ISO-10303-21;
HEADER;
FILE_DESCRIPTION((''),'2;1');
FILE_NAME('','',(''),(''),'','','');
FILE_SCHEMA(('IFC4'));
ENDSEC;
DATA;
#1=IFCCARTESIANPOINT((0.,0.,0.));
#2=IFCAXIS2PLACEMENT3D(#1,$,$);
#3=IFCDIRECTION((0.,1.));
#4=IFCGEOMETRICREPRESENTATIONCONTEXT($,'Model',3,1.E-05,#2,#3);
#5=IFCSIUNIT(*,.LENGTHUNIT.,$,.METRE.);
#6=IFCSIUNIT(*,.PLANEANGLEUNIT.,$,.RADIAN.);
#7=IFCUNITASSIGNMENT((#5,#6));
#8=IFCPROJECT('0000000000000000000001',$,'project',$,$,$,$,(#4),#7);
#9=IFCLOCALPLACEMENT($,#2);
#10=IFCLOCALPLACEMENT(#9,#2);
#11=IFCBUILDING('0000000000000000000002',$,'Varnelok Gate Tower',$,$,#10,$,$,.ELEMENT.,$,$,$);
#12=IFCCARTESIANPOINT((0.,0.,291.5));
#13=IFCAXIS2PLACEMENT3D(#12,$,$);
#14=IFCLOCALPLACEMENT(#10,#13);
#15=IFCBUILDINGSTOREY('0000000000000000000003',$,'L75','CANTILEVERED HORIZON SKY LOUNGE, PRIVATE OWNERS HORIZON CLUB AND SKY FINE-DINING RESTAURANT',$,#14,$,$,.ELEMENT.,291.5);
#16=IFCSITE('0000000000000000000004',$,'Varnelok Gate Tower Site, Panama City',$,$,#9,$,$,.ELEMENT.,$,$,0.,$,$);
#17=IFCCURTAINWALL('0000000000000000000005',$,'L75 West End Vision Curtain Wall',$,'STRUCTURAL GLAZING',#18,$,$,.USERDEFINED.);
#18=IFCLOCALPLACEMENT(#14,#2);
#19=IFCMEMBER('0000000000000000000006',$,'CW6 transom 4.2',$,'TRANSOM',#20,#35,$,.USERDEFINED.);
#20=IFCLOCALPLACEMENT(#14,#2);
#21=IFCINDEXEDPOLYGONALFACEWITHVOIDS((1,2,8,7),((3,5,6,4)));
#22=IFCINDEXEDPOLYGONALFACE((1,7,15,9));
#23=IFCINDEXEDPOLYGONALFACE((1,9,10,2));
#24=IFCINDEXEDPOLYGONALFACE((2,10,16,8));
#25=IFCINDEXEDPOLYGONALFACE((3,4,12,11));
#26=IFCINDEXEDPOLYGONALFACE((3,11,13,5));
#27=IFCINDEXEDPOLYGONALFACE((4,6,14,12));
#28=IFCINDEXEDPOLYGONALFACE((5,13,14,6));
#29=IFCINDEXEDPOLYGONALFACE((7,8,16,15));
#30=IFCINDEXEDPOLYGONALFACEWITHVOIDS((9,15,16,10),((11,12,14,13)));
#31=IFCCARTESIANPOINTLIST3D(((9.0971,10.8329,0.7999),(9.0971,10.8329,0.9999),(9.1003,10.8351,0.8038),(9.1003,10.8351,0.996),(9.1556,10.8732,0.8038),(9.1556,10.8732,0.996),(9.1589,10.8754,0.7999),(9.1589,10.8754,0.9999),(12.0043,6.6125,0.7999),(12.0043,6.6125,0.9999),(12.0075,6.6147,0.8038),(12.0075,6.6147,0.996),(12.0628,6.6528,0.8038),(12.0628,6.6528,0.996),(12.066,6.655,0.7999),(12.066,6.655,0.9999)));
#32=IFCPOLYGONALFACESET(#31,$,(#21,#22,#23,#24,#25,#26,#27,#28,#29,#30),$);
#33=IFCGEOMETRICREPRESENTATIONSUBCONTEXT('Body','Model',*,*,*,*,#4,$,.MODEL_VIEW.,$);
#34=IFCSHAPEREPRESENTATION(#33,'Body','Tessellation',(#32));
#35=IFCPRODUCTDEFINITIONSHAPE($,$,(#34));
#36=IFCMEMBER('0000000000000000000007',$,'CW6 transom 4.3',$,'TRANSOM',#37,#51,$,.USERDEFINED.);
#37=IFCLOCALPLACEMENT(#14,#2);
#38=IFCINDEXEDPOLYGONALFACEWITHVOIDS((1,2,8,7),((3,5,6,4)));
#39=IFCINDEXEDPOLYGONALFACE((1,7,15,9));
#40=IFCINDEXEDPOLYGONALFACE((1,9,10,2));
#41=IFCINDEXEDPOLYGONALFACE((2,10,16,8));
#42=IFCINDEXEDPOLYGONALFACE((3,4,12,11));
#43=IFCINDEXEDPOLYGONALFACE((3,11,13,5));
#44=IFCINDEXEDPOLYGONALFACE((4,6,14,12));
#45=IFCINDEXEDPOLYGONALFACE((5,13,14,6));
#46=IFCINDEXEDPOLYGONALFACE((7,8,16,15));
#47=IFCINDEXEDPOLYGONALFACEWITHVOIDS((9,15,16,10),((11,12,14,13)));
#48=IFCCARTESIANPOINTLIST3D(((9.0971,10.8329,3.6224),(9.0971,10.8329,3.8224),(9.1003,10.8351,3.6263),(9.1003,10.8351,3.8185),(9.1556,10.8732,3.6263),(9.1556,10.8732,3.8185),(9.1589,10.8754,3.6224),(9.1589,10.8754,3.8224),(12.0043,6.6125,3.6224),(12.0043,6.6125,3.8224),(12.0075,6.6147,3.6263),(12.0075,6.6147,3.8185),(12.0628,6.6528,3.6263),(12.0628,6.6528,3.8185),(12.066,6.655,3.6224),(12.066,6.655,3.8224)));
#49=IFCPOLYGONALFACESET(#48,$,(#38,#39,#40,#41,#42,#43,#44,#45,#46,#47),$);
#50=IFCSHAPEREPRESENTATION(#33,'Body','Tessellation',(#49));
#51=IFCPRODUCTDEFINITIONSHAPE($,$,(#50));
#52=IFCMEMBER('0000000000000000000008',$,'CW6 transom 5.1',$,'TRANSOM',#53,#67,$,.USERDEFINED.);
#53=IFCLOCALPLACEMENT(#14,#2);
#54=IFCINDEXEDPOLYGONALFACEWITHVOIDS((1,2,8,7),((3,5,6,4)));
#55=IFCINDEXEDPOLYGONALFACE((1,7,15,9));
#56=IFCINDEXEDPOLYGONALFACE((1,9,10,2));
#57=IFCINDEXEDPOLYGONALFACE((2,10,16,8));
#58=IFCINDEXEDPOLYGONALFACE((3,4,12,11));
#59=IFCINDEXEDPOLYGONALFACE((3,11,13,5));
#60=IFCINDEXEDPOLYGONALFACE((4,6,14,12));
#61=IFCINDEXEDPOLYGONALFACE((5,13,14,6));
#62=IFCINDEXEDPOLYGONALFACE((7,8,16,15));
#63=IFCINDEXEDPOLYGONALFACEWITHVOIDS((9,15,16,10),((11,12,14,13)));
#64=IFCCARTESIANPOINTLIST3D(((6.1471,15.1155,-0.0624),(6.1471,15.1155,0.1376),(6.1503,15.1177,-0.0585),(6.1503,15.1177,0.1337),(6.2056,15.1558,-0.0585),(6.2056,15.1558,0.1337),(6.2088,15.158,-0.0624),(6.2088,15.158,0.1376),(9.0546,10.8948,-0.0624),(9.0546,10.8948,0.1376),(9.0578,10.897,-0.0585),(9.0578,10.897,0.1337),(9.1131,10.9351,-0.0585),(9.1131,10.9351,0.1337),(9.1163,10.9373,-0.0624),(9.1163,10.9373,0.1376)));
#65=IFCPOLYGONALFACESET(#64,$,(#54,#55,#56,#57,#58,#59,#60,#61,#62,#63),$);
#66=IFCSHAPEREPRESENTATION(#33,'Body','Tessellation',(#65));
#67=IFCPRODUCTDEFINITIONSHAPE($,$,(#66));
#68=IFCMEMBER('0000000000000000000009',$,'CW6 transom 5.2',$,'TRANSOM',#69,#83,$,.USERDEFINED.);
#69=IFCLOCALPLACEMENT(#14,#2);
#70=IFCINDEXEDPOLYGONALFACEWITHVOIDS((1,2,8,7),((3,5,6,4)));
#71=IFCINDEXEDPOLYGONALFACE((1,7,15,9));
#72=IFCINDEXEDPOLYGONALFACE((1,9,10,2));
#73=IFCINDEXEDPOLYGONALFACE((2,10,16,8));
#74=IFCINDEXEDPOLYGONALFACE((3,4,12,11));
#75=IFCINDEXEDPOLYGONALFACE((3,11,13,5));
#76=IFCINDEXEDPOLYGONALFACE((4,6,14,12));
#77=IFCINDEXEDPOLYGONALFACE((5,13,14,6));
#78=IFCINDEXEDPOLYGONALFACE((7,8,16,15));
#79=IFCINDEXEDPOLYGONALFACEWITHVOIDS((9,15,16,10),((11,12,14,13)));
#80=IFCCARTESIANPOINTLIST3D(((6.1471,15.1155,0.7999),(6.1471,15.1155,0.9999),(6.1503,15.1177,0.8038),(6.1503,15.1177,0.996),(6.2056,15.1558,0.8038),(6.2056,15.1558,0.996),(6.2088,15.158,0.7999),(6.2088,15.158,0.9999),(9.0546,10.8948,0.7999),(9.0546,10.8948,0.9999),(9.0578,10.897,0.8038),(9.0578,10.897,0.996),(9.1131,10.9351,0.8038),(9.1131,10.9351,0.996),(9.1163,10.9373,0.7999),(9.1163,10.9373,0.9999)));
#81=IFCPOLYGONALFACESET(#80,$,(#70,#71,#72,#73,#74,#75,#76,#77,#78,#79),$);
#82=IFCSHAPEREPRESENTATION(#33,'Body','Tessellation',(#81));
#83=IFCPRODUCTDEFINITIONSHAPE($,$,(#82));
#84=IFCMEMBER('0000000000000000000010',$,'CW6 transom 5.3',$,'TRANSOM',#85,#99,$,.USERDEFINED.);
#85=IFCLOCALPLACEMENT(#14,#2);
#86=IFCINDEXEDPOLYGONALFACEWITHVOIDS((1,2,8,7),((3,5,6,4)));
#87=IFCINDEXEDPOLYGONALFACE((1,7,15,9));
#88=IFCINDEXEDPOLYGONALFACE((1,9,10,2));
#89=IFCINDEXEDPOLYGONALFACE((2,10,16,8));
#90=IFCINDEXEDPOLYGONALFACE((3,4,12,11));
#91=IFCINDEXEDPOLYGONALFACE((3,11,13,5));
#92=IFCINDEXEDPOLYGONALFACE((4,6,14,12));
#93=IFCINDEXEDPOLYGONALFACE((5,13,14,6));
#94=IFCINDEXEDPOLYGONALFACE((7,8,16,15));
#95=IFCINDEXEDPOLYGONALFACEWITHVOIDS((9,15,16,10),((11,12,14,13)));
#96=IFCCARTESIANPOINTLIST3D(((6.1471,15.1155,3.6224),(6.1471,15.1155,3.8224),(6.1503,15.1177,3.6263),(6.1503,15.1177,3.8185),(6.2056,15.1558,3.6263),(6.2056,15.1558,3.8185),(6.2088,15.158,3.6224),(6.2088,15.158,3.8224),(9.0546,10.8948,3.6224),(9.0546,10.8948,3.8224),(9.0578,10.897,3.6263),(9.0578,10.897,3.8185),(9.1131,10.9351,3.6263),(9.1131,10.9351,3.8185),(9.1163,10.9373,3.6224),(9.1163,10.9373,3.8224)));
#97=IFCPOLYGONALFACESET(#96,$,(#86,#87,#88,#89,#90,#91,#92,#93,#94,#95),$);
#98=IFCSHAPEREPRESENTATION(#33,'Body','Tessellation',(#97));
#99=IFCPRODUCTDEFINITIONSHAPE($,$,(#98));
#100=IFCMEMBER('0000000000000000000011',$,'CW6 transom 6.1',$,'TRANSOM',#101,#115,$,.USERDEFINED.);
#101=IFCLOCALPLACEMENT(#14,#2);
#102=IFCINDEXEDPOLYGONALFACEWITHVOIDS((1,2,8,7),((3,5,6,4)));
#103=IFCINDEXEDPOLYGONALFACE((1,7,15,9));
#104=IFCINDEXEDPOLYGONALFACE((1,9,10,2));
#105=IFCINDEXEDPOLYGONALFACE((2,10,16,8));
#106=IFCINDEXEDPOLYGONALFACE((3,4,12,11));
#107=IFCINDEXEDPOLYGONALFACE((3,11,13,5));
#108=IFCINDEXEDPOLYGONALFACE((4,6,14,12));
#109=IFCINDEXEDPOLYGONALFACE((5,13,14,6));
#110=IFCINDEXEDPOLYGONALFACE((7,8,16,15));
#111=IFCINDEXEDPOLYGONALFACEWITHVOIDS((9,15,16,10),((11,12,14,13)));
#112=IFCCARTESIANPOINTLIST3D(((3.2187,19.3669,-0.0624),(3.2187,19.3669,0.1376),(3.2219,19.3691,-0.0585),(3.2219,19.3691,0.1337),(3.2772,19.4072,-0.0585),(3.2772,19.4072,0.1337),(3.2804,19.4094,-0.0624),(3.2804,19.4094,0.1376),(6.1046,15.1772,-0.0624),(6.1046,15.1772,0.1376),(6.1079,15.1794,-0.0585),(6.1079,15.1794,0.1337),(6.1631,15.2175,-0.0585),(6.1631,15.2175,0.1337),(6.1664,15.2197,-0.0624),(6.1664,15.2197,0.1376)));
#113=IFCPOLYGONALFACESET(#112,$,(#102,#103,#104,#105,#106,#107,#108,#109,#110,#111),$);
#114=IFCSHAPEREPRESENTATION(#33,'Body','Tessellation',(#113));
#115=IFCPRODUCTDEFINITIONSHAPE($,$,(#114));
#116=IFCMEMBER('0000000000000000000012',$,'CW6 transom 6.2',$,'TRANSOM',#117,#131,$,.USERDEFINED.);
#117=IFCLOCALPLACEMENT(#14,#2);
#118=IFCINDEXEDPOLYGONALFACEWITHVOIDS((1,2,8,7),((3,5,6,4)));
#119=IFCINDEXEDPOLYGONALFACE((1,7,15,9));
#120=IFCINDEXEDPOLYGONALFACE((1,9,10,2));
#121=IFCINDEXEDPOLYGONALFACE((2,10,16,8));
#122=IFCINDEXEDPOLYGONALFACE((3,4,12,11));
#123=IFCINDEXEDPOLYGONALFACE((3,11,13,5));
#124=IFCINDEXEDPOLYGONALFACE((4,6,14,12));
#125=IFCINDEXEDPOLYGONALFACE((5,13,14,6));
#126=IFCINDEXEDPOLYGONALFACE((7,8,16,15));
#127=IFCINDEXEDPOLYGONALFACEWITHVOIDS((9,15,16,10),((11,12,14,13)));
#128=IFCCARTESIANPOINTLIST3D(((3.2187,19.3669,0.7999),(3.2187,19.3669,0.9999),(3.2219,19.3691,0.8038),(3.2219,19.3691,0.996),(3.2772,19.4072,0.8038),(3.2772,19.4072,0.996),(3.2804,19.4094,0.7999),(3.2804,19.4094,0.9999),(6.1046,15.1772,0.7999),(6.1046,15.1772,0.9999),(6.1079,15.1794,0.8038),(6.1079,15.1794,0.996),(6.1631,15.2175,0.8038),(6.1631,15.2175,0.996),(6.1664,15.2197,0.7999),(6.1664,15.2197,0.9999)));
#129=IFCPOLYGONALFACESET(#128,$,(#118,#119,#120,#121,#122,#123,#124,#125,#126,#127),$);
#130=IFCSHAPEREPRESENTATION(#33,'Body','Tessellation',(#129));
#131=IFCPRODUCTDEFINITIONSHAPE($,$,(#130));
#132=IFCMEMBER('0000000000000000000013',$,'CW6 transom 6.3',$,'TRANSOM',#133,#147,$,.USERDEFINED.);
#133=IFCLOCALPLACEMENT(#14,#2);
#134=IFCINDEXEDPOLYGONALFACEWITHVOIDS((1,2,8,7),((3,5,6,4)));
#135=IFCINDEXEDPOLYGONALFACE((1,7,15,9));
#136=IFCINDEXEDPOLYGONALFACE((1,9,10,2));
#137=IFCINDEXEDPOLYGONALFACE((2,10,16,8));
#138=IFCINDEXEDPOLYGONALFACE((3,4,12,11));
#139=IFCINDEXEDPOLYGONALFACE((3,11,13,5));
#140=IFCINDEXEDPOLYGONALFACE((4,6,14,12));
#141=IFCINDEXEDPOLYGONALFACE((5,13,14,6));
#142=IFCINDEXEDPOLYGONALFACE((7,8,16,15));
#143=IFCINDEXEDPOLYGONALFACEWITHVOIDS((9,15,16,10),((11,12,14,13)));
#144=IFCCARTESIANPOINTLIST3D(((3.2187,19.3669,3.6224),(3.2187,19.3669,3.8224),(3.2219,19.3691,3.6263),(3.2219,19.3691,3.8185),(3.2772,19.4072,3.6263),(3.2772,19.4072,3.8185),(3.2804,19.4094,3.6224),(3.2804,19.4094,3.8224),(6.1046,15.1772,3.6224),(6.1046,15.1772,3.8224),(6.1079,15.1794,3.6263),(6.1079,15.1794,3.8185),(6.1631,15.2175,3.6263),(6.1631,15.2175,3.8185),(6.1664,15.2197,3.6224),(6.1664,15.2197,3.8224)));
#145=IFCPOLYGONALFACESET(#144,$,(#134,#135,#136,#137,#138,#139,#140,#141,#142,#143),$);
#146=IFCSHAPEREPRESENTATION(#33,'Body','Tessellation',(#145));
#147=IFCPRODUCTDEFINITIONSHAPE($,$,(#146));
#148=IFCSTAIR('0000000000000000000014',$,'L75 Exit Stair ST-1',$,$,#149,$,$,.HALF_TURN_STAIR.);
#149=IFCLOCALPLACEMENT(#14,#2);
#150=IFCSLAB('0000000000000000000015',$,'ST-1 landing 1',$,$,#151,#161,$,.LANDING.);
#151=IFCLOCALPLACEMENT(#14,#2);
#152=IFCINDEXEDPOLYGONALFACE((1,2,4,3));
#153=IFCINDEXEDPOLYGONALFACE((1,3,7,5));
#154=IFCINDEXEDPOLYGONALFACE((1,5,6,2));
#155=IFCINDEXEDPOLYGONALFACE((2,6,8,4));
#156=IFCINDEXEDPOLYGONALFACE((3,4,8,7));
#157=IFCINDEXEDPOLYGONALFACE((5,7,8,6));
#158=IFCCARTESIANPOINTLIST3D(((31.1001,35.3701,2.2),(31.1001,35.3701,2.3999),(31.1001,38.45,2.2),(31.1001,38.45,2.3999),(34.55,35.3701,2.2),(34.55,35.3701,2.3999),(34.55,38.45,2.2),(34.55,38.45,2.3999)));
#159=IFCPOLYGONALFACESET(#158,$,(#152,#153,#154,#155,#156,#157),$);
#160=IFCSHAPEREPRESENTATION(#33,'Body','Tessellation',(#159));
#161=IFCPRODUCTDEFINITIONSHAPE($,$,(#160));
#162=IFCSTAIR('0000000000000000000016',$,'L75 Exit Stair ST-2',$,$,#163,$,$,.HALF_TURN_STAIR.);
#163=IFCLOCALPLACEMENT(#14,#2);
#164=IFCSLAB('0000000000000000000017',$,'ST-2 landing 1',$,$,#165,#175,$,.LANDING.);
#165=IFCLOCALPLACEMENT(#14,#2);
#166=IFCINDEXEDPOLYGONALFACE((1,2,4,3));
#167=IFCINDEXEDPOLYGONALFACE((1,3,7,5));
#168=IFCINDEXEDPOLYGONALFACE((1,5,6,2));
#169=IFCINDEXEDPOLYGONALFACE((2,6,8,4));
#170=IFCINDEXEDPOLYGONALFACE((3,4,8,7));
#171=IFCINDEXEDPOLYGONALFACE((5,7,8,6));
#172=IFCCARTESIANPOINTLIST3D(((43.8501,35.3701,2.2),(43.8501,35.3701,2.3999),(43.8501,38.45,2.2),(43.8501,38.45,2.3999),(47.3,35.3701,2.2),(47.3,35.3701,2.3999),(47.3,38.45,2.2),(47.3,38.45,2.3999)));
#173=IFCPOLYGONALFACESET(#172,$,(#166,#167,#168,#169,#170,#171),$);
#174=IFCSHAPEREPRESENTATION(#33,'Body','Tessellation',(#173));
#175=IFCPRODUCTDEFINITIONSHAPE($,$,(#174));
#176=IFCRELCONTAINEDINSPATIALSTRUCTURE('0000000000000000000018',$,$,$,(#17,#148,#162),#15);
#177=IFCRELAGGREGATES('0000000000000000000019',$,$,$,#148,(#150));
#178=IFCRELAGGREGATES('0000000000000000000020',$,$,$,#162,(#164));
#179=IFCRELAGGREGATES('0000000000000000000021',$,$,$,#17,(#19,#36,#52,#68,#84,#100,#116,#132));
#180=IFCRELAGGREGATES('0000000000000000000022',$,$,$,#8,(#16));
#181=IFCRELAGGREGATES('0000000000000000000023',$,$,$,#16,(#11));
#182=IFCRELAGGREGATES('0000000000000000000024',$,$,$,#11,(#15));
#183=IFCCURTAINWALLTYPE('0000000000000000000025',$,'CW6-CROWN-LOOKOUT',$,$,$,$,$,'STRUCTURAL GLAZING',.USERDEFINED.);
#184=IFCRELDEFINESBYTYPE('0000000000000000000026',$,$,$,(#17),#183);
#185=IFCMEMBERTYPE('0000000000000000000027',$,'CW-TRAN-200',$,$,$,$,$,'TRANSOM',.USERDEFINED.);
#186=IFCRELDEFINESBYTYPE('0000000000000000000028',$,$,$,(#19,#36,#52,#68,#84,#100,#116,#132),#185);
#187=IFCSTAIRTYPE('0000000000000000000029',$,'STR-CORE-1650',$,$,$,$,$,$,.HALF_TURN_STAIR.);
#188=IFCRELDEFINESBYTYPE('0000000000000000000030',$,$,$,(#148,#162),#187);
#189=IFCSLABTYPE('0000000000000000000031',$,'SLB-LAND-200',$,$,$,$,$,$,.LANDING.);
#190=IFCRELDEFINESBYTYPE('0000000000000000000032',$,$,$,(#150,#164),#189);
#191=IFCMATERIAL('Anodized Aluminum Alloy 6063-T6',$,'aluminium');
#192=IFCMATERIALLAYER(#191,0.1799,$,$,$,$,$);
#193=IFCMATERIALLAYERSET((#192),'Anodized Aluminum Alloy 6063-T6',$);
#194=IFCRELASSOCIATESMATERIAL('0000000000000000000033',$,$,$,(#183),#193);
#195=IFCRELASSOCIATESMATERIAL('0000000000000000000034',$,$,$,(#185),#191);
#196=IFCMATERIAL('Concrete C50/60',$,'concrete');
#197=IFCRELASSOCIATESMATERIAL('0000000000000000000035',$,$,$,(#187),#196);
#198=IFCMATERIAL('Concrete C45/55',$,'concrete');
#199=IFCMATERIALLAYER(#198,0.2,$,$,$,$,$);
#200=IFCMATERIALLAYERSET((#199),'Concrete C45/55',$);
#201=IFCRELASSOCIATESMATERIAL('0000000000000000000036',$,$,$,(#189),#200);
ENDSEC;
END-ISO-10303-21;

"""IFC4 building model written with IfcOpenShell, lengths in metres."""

from ifc_helpers import new_model, si_unit, direction, frame, origin, origin_2d, place, context, subcontext, project, spatial, polyline, hollow_rectangle, outline, extrude, material, layer, layer_set, material_profile, profile_set, type_object, element, aggregate, save


model = new_model("IFC4")

# Units and contexts
model_context = context("Model", 3, precision=1e-05, world=origin(), true_north=direction((0.0, 1.0)))
body_context = subcontext(model_context, "Body", "Model", "MODEL_VIEW")
ifc_project = project(units=[si_unit("LENGTHUNIT", "METRE"), si_unit("PLANEANGLEUNIT", "RADIAN")], contexts=[model_context])

# Site, building, storey
site_placement = place(None, origin())
site = spatial("IfcSite", under=ifc_project, at=site_placement, Name="Varnelok Gate Tower Site, Panama City", CompositionType="ELEMENT", RefElevation=0.0)
building_placement = place(site_placement, origin())
building = spatial("IfcBuilding", under=site, at=building_placement, Name="Varnelok Gate Tower", CompositionType="ELEMENT")
storey_placement = place(building_placement, frame((0.0, 0.0, 291.5)))
storey = spatial("IfcBuildingStorey", under=building, at=storey_placement, Name="L75", Description="CANTILEVERED HORIZON SKY LOUNGE, PRIVATE OWNERS HORIZON CLUB AND SKY FINE-DINING RESTAURANT", CompositionType="ELEMENT", Elevation=291.5)

# Curtain wall, members
ifc_material_1 = material(Name="Anodized Aluminum Alloy 6063-T6", Category="aluminium")
ifc_layer_1 = layer(ifc_material_1, 0.1799)
ifc_layer_set_1 = layer_set([ifc_layer_1], Name="Anodized Aluminum Alloy 6063-T6")
curtain_wall_type = type_object("IfcCurtainWallType", Name="CW6-CROWN-LOOKOUT", ElementType="STRUCTURAL GLAZING", PredefinedType="USERDEFINED", material=ifc_layer_set_1)
curtain_wall_placement = place(storey_placement, origin())
curtain_wall = element("IfcCurtainWall", 1, at=curtain_wall_placement, inside=storey, type_object=curtain_wall_type, Name="L75 West End Vision Curtain Wall", ObjectType="STRUCTURAL GLAZING", PredefinedType="USERDEFINED")
ifc_material_profile_1 = material_profile(ifc_material_1, hollow_rectangle(XDim=0.075, YDim=0.2, WallThickness=0.0039, at=origin_2d()), Name="ALU200X75X4")
ifc_profile_set_1 = profile_set([ifc_material_profile_1], Name="Anodized Aluminum Alloy 6063-T6")
member_type_1 = type_object("IfcMemberType", Name="CW-TRAN-200", ElementType="TRANSOM", PredefinedType="USERDEFINED", material=ifc_profile_set_1)
member_1_placement = place(storey_placement, frame((12.0352, 6.6338, 0.8999), z_axis=(-0.567279, 0.823526, 0.0), x_axis=(-0.823526, -0.567279, 0.0)))
member_1 = element("IfcMember", 2, at=member_1_placement, type_object=member_type_1, Name="CW6 transom 4.2", ObjectType="TRANSOM", PredefinedType="USERDEFINED", context=body_context, shape_type="SweptSolid", body=[
    extrude(hollow_rectangle(XDim=0.075, YDim=0.2, WallThickness=0.0039, at=origin_2d()), origin(), (0.0, 0.0, 1.0), 5.1248),
])
member_2_placement = place(storey_placement, frame((12.0352, 6.6338, 3.7224), z_axis=(-0.567279, 0.823526, 0.0), x_axis=(-0.823526, -0.567279, 0.0)))
member_2 = element("IfcMember", 3, at=member_2_placement, type_object=member_type_1, Name="CW6 transom 4.3", ObjectType="TRANSOM", PredefinedType="USERDEFINED", context=body_context, shape_type="SweptSolid", body=[
    extrude(hollow_rectangle(XDim=0.075, YDim=0.2, WallThickness=0.0039, at=origin_2d()), origin(), (0.0, 0.0, 1.0), 5.1248),
])
member_3_placement = place(storey_placement, frame((9.0854, 10.916, 0.0376), z_axis=(-0.567289, 0.823519, 0.0), x_axis=(-0.823519, -0.567289, 0.0)))
member_3 = element("IfcMember", 4, at=member_3_placement, type_object=member_type_1, Name="CW6 transom 5.1", ObjectType="TRANSOM", PredefinedType="USERDEFINED", context=body_context, shape_type="SweptSolid", body=[
    extrude(hollow_rectangle(XDim=0.075, YDim=0.2, WallThickness=0.0039, at=origin_2d()), origin(), (0.0, 0.0, 1.0), 5.1252),
])
member_4_placement = place(storey_placement, frame((9.0854, 10.916, 0.8999), z_axis=(-0.567289, 0.823519, 0.0), x_axis=(-0.823519, -0.567289, 0.0)))
member_4 = element("IfcMember", 5, at=member_4_placement, type_object=member_type_1, Name="CW6 transom 5.2", ObjectType="TRANSOM", PredefinedType="USERDEFINED", context=body_context, shape_type="SweptSolid", body=[
    extrude(hollow_rectangle(XDim=0.075, YDim=0.2, WallThickness=0.0039, at=origin_2d()), origin(), (0.0, 0.0, 1.0), 5.1252),
])
member_5_placement = place(storey_placement, frame((9.0854, 10.916, 3.7224), z_axis=(-0.567289, 0.823519, 0.0), x_axis=(-0.823519, -0.567289, 0.0)))
member_5 = element("IfcMember", 6, at=member_5_placement, type_object=member_type_1, Name="CW6 transom 5.3", ObjectType="TRANSOM", PredefinedType="USERDEFINED", context=body_context, shape_type="SweptSolid", body=[
    extrude(hollow_rectangle(XDim=0.075, YDim=0.2, WallThickness=0.0039, at=origin_2d()), origin(), (0.0, 0.0, 1.0), 5.1252),
])
member_6_placement = place(storey_placement, frame((6.1355, 15.1985, 0.0376), z_axis=(-0.567272, 0.823531, 0.0), x_axis=(-0.823531, -0.567272, 0.0)))
member_6 = element("IfcMember", 7, at=member_6_placement, type_object=member_type_1, Name="CW6 transom 6.1", ObjectType="TRANSOM", PredefinedType="USERDEFINED", context=body_context, shape_type="SweptSolid", body=[
    extrude(hollow_rectangle(XDim=0.075, YDim=0.2, WallThickness=0.0039, at=origin_2d()), origin(), (0.0, 0.0, 1.0), 5.0874),
])
member_7_placement = place(storey_placement, frame((6.1355, 15.1985, 0.8999), z_axis=(-0.567272, 0.823531, 0.0), x_axis=(-0.823531, -0.567272, 0.0)))
member_7 = element("IfcMember", 8, at=member_7_placement, type_object=member_type_1, Name="CW6 transom 6.2", ObjectType="TRANSOM", PredefinedType="USERDEFINED", context=body_context, shape_type="SweptSolid", body=[
    extrude(hollow_rectangle(XDim=0.075, YDim=0.2, WallThickness=0.0039, at=origin_2d()), origin(), (0.0, 0.0, 1.0), 5.0874),
])
member_8_placement = place(storey_placement, frame((6.1355, 15.1985, 3.7224), z_axis=(-0.567272, 0.823531, 0.0), x_axis=(-0.823531, -0.567272, 0.0)))
member_8 = element("IfcMember", 9, at=member_8_placement, type_object=member_type_1, Name="CW6 transom 6.3", ObjectType="TRANSOM", PredefinedType="USERDEFINED", context=body_context, shape_type="SweptSolid", body=[
    extrude(hollow_rectangle(XDim=0.075, YDim=0.2, WallThickness=0.0039, at=origin_2d()), origin(), (0.0, 0.0, 1.0), 5.0874),
])

# Stairs, slabs
ifc_material_2 = material(Name="Concrete C50/60", Category="concrete")
stair_type = type_object("IfcStairType", Name="STR-CORE-1650", PredefinedType="HALF_TURN_STAIR", material=ifc_material_2)
stair_1_placement = place(storey_placement, origin())
stair_1 = element("IfcStair", 10, at=stair_1_placement, inside=storey, type_object=stair_type, Name="L75 Exit Stair ST-1", PredefinedType="HALF_TURN_STAIR")
ifc_material_3 = material(Name="Concrete C45/55", Category="concrete")
ifc_layer_2 = layer(ifc_material_3, 0.2)
ifc_layer_set_2 = layer_set([ifc_layer_2], Name="Concrete C45/55")
slab_type_1 = type_object("IfcSlabType", Name="SLB-LAND-200", PredefinedType="LANDING", material=ifc_layer_set_2)
slab_1_placement = place(storey_placement, frame((0.0, 0.0, 2.2)))
slab_1 = element("IfcSlab", 11, at=slab_1_placement, type_object=slab_type_1, Name="ST-1 landing 1", PredefinedType="LANDING", context=body_context, shape_type="SweptSolid", body=[
    extrude(outline(polyline([(34.55, 35.3701), (34.55, 38.45), (31.1001, 38.45), (31.1001, 35.3701), (34.55, 35.3701)])), origin(), (0.0, 0.0, 1.0), 0.2),
])
aggregate(stair_1, [slab_1])
stair_2_placement = place(storey_placement, origin())
stair_2 = element("IfcStair", 12, at=stair_2_placement, inside=storey, type_object=stair_type, Name="L75 Exit Stair ST-2", PredefinedType="HALF_TURN_STAIR")
slab_2_placement = place(storey_placement, frame((0.0, 0.0, 2.2)))
slab_2 = element("IfcSlab", 13, at=slab_2_placement, type_object=slab_type_1, Name="ST-2 landing 1", PredefinedType="LANDING", context=body_context, shape_type="SweptSolid", body=[
    extrude(outline(polyline([(47.3, 35.3701), (47.3, 38.45), (43.8501, 38.45), (43.8501, 35.3701), (47.3, 35.3701)])), origin(), (0.0, 0.0, 1.0), 0.2),
])
aggregate(stair_2, [slab_2])

aggregate(curtain_wall, [member_1, member_2, member_3, member_4, member_5, member_6, member_7, member_8])

save(model, "model.ifc")
